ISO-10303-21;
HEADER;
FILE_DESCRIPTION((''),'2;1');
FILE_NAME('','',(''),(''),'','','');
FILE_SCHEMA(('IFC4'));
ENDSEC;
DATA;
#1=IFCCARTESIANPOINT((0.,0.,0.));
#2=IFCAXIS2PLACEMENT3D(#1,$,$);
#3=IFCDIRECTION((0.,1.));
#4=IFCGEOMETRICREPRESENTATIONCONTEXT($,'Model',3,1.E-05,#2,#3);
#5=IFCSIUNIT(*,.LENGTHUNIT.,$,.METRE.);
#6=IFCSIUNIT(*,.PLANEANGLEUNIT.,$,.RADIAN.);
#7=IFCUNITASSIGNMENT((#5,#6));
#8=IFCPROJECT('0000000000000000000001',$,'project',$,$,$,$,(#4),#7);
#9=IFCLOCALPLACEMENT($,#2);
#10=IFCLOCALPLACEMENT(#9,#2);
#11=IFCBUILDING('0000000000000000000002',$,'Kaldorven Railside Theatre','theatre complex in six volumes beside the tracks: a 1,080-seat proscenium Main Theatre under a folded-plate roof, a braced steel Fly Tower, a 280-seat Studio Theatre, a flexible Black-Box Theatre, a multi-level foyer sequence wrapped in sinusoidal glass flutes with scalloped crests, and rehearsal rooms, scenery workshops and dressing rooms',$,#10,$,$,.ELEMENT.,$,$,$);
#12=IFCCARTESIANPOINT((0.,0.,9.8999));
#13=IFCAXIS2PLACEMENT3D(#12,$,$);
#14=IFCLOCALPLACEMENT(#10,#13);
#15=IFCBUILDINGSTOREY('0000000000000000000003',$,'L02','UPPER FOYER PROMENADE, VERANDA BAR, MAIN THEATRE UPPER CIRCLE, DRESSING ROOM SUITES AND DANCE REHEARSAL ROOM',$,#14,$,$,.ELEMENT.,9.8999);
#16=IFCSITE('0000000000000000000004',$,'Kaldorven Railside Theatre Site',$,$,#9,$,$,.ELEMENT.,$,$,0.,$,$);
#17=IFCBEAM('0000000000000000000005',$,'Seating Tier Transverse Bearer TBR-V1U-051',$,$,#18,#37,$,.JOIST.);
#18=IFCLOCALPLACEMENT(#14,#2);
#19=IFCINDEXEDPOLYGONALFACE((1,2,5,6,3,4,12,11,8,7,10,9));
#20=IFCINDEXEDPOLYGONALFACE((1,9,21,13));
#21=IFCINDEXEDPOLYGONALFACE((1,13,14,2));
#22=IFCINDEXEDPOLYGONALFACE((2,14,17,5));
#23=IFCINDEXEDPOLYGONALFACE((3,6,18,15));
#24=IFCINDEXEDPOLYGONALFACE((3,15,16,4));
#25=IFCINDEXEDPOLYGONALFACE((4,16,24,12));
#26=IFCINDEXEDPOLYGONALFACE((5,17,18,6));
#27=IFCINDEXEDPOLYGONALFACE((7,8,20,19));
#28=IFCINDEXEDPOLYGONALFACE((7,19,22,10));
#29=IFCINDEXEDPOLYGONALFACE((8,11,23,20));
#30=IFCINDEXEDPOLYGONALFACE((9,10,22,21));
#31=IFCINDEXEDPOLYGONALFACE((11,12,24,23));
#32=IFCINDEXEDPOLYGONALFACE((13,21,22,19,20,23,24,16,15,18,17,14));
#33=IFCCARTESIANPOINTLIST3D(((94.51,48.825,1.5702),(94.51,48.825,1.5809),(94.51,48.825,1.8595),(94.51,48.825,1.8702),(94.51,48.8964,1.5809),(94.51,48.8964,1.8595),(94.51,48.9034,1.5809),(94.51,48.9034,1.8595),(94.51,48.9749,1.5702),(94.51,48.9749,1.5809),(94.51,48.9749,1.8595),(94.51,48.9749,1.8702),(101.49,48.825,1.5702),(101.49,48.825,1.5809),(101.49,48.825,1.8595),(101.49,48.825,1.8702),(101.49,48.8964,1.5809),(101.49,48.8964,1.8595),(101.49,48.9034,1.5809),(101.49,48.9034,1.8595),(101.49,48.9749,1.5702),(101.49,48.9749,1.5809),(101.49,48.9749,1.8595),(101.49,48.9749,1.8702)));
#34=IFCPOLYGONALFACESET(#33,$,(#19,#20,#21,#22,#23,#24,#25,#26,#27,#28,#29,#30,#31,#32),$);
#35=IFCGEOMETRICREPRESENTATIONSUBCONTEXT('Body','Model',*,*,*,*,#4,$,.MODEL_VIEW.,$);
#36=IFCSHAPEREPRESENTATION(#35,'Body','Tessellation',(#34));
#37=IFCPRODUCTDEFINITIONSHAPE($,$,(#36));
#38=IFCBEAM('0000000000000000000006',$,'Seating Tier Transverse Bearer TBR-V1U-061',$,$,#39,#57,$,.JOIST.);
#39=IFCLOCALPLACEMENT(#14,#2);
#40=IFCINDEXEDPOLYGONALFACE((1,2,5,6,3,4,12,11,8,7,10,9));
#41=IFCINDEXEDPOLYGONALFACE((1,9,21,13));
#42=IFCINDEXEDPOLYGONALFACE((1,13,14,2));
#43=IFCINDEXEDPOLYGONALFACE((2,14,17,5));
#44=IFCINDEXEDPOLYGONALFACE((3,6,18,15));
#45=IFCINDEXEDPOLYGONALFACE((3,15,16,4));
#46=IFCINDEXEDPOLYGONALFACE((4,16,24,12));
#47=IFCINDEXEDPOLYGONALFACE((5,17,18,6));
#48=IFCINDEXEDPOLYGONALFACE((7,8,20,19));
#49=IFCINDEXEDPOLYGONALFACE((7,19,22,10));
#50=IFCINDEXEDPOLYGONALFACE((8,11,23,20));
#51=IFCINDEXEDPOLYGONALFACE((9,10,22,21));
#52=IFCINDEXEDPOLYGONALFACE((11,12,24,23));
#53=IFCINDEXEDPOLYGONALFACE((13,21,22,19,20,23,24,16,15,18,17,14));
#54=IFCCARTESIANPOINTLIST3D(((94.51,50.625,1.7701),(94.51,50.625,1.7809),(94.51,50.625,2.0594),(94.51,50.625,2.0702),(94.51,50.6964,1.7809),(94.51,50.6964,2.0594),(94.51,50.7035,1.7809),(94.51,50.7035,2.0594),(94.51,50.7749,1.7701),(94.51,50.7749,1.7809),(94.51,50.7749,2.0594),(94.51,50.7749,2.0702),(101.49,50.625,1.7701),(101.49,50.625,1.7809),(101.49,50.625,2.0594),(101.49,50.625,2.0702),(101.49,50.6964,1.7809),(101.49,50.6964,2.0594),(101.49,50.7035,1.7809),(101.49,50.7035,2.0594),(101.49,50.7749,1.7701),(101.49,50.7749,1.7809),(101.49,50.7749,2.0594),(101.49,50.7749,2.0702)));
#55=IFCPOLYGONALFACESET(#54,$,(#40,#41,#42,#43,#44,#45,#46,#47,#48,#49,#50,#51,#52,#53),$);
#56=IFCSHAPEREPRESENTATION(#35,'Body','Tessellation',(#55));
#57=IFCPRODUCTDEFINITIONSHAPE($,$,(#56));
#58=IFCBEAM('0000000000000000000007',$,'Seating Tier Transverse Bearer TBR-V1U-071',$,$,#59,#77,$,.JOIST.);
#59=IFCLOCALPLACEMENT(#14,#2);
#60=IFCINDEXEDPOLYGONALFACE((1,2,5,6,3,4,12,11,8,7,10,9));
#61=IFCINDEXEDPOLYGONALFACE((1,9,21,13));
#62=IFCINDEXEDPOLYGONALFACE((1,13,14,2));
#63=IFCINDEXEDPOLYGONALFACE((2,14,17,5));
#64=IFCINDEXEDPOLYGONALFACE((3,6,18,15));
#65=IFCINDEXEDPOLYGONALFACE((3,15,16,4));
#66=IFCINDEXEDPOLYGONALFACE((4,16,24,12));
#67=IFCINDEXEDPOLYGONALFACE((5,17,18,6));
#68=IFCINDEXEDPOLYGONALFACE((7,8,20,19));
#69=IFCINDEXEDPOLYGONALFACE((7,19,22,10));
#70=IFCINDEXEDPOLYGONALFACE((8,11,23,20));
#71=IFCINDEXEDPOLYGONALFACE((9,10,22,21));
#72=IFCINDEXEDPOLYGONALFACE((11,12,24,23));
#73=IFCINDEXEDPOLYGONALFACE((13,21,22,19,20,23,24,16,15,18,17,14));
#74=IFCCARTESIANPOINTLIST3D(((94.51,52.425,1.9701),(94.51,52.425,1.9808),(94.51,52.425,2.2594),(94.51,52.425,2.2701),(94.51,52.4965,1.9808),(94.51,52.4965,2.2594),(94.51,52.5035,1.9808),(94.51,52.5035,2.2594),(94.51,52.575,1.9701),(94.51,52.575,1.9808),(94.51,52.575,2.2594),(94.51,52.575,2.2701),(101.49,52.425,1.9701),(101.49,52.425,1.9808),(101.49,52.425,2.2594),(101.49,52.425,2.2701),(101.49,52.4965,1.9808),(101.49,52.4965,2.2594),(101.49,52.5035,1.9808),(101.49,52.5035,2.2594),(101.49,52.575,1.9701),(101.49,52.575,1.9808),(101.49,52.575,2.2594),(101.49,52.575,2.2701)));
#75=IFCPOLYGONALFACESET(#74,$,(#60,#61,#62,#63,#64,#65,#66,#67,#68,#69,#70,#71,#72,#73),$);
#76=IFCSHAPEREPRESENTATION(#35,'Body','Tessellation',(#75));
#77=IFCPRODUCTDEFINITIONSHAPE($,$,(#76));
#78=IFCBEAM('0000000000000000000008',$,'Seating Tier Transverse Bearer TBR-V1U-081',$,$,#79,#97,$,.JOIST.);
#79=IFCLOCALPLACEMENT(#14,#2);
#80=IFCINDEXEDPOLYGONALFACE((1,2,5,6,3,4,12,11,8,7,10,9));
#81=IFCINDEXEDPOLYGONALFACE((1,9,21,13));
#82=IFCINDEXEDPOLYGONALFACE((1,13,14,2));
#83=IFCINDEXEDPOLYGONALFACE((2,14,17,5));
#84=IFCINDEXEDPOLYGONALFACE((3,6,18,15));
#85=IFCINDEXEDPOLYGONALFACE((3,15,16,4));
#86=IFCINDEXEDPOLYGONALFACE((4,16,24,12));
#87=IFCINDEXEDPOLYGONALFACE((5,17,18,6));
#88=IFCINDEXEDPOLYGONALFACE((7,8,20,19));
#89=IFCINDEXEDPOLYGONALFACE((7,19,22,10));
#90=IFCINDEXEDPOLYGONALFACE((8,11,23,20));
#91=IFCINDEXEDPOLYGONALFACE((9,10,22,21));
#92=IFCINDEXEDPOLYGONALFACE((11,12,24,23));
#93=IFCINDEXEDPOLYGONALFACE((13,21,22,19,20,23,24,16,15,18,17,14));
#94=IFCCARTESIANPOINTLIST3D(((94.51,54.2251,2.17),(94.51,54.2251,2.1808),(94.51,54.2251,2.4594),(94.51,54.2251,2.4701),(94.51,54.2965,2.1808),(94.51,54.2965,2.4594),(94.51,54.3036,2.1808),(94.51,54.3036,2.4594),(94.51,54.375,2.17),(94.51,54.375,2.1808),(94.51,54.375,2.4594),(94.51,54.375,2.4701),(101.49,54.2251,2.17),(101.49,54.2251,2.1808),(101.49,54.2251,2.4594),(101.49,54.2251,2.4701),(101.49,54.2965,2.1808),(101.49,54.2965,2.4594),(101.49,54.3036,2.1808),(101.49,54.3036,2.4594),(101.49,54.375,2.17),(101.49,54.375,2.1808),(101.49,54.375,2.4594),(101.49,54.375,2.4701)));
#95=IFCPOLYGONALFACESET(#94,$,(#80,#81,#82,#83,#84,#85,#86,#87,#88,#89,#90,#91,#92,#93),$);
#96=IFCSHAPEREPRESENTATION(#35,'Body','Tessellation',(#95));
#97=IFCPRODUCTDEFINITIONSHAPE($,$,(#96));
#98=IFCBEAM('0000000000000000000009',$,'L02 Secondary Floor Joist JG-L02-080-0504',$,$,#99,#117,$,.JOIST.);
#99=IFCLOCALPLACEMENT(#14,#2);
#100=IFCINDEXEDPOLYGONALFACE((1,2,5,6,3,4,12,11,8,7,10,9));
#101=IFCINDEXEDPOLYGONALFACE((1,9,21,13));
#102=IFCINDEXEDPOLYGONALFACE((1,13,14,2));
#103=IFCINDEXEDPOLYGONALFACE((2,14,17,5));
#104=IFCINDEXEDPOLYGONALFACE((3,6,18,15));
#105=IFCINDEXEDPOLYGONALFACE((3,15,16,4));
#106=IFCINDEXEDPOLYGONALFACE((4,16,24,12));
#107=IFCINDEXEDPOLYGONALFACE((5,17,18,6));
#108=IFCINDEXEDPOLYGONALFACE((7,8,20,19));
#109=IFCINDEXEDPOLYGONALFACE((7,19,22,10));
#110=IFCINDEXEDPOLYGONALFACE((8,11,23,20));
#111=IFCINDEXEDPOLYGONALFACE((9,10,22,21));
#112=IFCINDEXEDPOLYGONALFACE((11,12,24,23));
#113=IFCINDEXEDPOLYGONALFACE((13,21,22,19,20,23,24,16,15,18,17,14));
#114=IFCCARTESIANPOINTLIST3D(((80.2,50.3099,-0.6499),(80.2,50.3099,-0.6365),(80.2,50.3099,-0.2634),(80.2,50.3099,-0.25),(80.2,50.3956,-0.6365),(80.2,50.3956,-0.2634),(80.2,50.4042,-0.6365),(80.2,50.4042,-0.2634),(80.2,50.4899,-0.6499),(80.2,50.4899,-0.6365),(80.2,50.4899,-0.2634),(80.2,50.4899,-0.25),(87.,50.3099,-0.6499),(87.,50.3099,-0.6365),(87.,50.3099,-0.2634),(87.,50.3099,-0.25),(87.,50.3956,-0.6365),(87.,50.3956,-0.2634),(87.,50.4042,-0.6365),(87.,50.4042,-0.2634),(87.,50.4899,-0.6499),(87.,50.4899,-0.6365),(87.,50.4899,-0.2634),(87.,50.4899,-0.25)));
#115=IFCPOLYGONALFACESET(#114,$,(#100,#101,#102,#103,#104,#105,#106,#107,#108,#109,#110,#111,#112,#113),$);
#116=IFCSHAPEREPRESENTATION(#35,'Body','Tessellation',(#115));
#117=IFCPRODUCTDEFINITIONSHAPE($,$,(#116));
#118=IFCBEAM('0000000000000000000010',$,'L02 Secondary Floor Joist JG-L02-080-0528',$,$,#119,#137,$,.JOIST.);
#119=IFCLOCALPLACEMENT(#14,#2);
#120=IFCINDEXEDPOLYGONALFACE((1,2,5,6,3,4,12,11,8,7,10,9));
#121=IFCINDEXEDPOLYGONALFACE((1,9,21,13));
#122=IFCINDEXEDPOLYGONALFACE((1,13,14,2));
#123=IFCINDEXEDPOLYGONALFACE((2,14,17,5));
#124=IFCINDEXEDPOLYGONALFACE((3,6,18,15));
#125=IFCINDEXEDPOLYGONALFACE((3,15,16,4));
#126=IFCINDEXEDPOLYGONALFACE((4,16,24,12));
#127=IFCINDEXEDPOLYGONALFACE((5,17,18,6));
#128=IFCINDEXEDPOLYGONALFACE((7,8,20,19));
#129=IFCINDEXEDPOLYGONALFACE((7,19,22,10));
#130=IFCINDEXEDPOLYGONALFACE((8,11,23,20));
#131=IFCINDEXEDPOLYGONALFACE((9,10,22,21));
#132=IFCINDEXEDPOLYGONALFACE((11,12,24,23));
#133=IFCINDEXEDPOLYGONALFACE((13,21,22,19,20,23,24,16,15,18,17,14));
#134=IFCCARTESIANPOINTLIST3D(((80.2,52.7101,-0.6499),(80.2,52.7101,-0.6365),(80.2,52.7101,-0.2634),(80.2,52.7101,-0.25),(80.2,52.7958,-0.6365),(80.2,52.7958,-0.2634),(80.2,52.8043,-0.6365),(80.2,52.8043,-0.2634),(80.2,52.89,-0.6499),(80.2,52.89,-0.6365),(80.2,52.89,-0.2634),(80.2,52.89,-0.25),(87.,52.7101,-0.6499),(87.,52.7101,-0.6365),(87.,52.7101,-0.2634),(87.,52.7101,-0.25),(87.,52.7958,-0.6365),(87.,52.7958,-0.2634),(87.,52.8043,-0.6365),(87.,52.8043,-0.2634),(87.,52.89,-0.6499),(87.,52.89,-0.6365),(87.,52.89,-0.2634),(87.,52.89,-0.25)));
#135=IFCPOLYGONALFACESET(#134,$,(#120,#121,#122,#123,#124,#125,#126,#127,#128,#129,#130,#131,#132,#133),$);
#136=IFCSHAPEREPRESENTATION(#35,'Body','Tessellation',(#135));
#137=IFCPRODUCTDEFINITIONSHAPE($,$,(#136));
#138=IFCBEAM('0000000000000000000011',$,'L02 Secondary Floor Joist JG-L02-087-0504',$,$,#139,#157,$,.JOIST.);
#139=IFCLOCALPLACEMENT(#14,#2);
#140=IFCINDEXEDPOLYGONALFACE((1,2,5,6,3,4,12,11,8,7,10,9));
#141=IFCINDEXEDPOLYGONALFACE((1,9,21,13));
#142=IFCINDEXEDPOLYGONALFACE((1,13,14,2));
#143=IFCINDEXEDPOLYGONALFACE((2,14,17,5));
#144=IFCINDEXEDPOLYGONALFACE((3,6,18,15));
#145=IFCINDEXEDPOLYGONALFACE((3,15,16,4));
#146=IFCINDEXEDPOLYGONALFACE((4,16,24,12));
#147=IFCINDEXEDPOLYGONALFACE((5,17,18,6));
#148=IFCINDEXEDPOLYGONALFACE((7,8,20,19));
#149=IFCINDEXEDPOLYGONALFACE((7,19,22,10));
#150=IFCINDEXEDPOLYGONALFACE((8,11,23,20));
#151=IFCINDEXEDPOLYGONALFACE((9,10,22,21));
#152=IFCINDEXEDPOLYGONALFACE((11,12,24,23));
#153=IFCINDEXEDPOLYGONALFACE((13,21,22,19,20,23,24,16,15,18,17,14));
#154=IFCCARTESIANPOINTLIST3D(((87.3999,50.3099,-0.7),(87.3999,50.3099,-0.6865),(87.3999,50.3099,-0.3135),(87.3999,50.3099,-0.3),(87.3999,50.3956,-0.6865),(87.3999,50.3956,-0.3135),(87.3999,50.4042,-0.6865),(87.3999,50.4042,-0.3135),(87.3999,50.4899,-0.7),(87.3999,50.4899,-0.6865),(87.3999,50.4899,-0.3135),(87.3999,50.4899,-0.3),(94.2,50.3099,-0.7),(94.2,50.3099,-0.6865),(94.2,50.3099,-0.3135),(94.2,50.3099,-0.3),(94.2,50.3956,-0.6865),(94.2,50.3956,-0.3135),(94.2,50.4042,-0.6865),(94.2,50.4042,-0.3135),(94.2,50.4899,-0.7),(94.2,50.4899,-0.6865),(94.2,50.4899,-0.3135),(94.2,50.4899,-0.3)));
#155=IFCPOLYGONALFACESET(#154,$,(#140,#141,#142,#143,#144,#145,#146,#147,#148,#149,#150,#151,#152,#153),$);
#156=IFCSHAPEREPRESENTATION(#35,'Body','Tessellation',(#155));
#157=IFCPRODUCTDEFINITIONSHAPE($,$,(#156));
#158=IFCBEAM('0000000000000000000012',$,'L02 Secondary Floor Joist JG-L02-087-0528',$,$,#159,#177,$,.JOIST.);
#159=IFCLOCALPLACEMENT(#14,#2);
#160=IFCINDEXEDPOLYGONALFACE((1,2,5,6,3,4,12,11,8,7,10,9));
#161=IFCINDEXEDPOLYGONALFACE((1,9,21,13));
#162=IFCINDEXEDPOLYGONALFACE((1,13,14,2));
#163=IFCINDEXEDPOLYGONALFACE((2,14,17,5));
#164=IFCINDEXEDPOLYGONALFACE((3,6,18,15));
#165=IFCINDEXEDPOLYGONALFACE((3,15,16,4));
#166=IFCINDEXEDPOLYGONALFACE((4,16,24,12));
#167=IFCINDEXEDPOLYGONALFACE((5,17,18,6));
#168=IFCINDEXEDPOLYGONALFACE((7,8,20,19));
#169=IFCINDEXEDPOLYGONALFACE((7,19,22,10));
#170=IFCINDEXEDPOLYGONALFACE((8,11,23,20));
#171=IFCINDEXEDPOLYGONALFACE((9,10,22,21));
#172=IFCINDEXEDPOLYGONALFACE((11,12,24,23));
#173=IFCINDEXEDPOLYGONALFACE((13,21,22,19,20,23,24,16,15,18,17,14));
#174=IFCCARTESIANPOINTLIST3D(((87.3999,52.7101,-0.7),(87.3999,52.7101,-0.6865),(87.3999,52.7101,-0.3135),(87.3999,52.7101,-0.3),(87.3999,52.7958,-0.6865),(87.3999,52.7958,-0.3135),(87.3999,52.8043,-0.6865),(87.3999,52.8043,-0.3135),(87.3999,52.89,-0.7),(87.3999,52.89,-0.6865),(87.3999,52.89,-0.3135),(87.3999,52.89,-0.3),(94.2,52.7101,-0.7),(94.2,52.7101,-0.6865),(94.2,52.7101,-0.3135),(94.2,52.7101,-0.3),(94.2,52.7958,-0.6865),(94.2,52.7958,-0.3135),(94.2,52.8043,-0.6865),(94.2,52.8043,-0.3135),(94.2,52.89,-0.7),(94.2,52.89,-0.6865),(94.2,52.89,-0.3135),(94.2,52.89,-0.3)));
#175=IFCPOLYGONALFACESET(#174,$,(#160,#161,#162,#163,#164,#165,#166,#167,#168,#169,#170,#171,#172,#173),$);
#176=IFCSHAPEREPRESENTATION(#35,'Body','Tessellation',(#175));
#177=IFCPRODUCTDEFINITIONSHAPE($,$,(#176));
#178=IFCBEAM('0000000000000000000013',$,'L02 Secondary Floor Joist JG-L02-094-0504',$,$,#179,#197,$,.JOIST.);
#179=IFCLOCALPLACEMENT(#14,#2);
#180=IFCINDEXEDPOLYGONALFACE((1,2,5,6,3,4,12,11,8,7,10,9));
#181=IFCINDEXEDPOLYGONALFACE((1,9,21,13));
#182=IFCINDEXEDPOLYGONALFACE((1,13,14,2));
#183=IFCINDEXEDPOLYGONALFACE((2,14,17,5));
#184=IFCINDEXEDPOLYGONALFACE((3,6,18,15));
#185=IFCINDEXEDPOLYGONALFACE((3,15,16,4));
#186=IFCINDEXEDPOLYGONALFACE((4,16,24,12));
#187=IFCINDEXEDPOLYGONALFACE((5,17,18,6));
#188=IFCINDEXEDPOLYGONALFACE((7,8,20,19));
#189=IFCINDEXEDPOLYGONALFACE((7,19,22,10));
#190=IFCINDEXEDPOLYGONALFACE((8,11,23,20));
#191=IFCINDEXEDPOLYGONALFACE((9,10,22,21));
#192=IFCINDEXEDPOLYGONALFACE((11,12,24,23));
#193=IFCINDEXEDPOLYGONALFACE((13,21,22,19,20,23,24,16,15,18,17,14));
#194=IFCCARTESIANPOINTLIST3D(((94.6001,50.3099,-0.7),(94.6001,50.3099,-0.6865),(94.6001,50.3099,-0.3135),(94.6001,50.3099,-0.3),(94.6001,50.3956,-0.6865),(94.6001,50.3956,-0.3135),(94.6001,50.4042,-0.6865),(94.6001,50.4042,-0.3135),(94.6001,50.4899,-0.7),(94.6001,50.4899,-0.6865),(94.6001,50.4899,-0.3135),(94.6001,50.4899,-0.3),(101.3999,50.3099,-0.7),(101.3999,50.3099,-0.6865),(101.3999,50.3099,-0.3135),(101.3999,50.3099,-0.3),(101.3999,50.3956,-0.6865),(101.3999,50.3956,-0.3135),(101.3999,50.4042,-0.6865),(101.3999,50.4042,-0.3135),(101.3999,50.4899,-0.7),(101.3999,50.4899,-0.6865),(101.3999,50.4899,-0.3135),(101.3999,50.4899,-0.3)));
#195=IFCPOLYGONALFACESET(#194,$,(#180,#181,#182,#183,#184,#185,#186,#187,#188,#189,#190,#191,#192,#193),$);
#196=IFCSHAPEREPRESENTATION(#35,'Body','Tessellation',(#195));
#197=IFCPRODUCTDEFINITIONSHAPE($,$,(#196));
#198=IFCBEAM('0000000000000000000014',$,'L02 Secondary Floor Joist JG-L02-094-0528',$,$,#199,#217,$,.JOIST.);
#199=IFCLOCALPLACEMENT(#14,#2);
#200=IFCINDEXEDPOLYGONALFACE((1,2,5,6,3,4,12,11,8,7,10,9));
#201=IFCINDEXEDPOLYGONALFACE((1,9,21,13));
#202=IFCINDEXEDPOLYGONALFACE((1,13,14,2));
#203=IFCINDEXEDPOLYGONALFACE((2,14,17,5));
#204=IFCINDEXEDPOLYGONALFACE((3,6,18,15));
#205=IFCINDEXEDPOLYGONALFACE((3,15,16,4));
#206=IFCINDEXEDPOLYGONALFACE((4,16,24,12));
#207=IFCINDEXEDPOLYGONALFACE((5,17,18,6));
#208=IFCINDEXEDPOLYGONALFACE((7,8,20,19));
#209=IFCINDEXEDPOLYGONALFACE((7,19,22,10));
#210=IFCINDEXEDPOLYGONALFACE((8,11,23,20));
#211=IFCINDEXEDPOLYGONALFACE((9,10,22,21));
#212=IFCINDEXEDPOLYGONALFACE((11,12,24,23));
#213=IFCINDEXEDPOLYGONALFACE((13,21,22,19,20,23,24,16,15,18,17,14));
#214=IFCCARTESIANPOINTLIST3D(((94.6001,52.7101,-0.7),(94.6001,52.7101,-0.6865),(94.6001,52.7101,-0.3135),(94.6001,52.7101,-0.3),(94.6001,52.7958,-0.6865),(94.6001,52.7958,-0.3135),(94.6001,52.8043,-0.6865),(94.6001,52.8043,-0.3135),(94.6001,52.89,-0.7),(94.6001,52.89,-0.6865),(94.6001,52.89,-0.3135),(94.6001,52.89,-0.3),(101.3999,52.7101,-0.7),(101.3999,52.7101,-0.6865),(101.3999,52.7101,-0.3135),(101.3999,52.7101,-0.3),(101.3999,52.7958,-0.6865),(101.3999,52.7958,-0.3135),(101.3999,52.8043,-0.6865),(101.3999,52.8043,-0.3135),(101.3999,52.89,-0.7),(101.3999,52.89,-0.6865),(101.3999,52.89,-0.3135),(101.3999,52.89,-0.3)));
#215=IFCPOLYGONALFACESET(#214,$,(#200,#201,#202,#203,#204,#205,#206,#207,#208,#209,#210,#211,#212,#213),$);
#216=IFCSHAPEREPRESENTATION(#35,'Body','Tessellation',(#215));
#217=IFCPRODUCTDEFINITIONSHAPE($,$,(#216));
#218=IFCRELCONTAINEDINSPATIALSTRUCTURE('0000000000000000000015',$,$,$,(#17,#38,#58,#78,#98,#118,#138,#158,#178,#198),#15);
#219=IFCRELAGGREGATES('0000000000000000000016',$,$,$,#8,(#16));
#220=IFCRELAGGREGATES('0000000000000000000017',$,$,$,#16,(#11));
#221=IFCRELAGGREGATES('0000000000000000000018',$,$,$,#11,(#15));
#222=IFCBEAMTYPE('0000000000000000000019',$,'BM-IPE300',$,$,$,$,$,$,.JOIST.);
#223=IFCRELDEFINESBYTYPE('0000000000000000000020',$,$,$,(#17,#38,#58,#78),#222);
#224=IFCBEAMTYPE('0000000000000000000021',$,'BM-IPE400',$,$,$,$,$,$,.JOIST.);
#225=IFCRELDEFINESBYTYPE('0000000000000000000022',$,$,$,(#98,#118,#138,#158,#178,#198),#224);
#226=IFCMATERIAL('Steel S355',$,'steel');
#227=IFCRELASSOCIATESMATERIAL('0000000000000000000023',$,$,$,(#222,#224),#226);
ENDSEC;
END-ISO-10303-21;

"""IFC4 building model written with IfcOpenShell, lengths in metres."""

from ifc_helpers import new_model, si_unit, direction, frame, origin, origin_2d, place, context, subcontext, project, spatial, i_section, extrude, material, material_profile, profile_set, type_object, element, save


model = new_model("IFC4")

# Units and contexts
model_context = context("Model", 3, precision=1e-05, world=origin(), true_north=direction((0.0, 1.0)))
body_context = subcontext(model_context, "Body", "Model", "MODEL_VIEW")
ifc_project = project(units=[si_unit("LENGTHUNIT", "METRE"), si_unit("PLANEANGLEUNIT", "RADIAN")], contexts=[model_context])

# Site, building, storey
site_placement = place(None, origin())
site = spatial("IfcSite", under=ifc_project, at=site_placement, Name="Kaldorven Railside Theatre Site", CompositionType="ELEMENT", RefElevation=0.0)
building_placement = place(site_placement, origin())
building = spatial("IfcBuilding", under=site, at=building_placement, Name="Kaldorven Railside Theatre", Description="theatre complex in six volumes beside the tracks: a 1,080-seat proscenium Main Theatre under a folded-plate roof, a braced steel Fly Tower, a 280-seat Studio Theatre, a flexible Black-Box Theatre, a multi-level foyer sequence wrapped in sinusoidal glass flutes with scalloped crests, and rehearsal rooms, scenery workshops and dressing rooms", CompositionType="ELEMENT")
storey_placement = place(building_placement, frame((0.0, 0.0, 9.8999)))
storey = spatial("IfcBuildingStorey", under=building, at=storey_placement, Name="L02", Description="UPPER FOYER PROMENADE, VERANDA BAR, MAIN THEATRE UPPER CIRCLE, DRESSING ROOM SUITES AND DANCE REHEARSAL ROOM", CompositionType="ELEMENT", Elevation=9.8999)

# Beams
ifc_material_1 = material(Name="Steel S355", Category="steel")
ifc_material_profile_1 = material_profile(ifc_material_1, i_section(OverallWidth=0.1499, OverallDepth=0.3, WebThickness=0.0071, FlangeThickness=0.0107, at=origin_2d()), Name="IPE 300")
ifc_profile_set_1 = profile_set([ifc_material_profile_1], Name="Steel S355")
beam_type_1 = type_object("IfcBeamType", Name="BM-IPE300", PredefinedType="JOIST", material=ifc_profile_set_1)
for number, where, z_axis, x_axis, name in (
    (1, (94.51, 48.8999, 1.7202), (1.0, 0.0, 0.0), (0.0, 1.0, 0.0), "Seating Tier Transverse Bearer TBR-V1U-051"),
    (2, (94.51, 50.7, 1.9202), (1.0, 0.0, 0.0), (0.0, 1.0, 0.0), "Seating Tier Transverse Bearer TBR-V1U-061"),
    (3, (94.51, 52.5, 2.1201), (1.0, 0.0, 0.0), (0.0, 1.0, 0.0), "Seating Tier Transverse Bearer TBR-V1U-071"),
    (4, (94.51, 54.3, 2.3201), (1.0, 0.0, 0.0), (0.0, 1.0, 0.0), "Seating Tier Transverse Bearer TBR-V1U-081"),
):
    element("IfcBeam", number, at=place(storey_placement, frame(where, z_axis=z_axis, x_axis=x_axis)), inside=storey, type_object=beam_type_1, Name=name, PredefinedType="JOIST", context=body_context, shape_type="SweptSolid", body=[
        extrude(i_section(OverallWidth=0.1499, OverallDepth=0.3, WebThickness=0.0071, FlangeThickness=0.0107, at=origin_2d()), origin(), (0.0, 0.0, 1.0), 6.98),
    ])
ifc_material_profile_2 = material_profile(ifc_material_1, i_section(OverallWidth=0.1799, OverallDepth=0.3999, WebThickness=0.0085, FlangeThickness=0.0134, at=origin_2d()), Name="IPE 400")
ifc_profile_set_2 = profile_set([ifc_material_profile_2], Name="Steel S355")
beam_type_2 = type_object("IfcBeamType", Name="BM-IPE400", PredefinedType="JOIST", material=ifc_profile_set_2)
for number, where, z_axis, x_axis, name in (
    (5, (80.2, 50.3999, -0.45), (1.0, 0.0, 0.0), (0.0, 1.0, 0.0), "L02 Secondary Floor Joist JG-L02-080-0504"),
    (6, (80.2, 52.8, -0.45), (1.0, 0.0, 0.0), (0.0, 1.0, 0.0), "L02 Secondary Floor Joist JG-L02-080-0528"),
    (7, (87.3999, 50.3999, -0.5), (1.0, 0.0, 0.0), (0.0, 1.0, 0.0), "L02 Secondary Floor Joist JG-L02-087-0504"),
    (8, (87.3999, 52.8, -0.5), (1.0, 0.0, 0.0), (0.0, 1.0, 0.0), "L02 Secondary Floor Joist JG-L02-087-0528"),
):
    element("IfcBeam", number, at=place(storey_placement, frame(where, z_axis=z_axis, x_axis=x_axis)), inside=storey, type_object=beam_type_2, Name=name, PredefinedType="JOIST", context=body_context, shape_type="SweptSolid", body=[
        extrude(i_section(OverallWidth=0.1799, OverallDepth=0.3999, WebThickness=0.0085, FlangeThickness=0.0134, at=origin_2d()), origin(), (0.0, 0.0, 1.0), 6.8),
    ])
for number, where, z_axis, x_axis, name in (
    (9, (94.6001, 50.3999, -0.5), (1.0, 0.0, 0.0), (0.0, 1.0, 0.0), "L02 Secondary Floor Joist JG-L02-094-0504"),
    (10, (94.6001, 52.8, -0.5), (1.0, 0.0, 0.0), (0.0, 1.0, 0.0), "L02 Secondary Floor Joist JG-L02-094-0528"),
):
    element("IfcBeam", number, at=place(storey_placement, frame(where, z_axis=z_axis, x_axis=x_axis)), inside=storey, type_object=beam_type_2, Name=name, PredefinedType="JOIST", context=body_context, shape_type="SweptSolid", body=[
        extrude(i_section(OverallWidth=0.1799, OverallDepth=0.3999, WebThickness=0.0085, FlangeThickness=0.0134, at=origin_2d()), origin(), (0.0, 0.0, 1.0), 6.7998),
    ])

save(model, "model.ifc")
